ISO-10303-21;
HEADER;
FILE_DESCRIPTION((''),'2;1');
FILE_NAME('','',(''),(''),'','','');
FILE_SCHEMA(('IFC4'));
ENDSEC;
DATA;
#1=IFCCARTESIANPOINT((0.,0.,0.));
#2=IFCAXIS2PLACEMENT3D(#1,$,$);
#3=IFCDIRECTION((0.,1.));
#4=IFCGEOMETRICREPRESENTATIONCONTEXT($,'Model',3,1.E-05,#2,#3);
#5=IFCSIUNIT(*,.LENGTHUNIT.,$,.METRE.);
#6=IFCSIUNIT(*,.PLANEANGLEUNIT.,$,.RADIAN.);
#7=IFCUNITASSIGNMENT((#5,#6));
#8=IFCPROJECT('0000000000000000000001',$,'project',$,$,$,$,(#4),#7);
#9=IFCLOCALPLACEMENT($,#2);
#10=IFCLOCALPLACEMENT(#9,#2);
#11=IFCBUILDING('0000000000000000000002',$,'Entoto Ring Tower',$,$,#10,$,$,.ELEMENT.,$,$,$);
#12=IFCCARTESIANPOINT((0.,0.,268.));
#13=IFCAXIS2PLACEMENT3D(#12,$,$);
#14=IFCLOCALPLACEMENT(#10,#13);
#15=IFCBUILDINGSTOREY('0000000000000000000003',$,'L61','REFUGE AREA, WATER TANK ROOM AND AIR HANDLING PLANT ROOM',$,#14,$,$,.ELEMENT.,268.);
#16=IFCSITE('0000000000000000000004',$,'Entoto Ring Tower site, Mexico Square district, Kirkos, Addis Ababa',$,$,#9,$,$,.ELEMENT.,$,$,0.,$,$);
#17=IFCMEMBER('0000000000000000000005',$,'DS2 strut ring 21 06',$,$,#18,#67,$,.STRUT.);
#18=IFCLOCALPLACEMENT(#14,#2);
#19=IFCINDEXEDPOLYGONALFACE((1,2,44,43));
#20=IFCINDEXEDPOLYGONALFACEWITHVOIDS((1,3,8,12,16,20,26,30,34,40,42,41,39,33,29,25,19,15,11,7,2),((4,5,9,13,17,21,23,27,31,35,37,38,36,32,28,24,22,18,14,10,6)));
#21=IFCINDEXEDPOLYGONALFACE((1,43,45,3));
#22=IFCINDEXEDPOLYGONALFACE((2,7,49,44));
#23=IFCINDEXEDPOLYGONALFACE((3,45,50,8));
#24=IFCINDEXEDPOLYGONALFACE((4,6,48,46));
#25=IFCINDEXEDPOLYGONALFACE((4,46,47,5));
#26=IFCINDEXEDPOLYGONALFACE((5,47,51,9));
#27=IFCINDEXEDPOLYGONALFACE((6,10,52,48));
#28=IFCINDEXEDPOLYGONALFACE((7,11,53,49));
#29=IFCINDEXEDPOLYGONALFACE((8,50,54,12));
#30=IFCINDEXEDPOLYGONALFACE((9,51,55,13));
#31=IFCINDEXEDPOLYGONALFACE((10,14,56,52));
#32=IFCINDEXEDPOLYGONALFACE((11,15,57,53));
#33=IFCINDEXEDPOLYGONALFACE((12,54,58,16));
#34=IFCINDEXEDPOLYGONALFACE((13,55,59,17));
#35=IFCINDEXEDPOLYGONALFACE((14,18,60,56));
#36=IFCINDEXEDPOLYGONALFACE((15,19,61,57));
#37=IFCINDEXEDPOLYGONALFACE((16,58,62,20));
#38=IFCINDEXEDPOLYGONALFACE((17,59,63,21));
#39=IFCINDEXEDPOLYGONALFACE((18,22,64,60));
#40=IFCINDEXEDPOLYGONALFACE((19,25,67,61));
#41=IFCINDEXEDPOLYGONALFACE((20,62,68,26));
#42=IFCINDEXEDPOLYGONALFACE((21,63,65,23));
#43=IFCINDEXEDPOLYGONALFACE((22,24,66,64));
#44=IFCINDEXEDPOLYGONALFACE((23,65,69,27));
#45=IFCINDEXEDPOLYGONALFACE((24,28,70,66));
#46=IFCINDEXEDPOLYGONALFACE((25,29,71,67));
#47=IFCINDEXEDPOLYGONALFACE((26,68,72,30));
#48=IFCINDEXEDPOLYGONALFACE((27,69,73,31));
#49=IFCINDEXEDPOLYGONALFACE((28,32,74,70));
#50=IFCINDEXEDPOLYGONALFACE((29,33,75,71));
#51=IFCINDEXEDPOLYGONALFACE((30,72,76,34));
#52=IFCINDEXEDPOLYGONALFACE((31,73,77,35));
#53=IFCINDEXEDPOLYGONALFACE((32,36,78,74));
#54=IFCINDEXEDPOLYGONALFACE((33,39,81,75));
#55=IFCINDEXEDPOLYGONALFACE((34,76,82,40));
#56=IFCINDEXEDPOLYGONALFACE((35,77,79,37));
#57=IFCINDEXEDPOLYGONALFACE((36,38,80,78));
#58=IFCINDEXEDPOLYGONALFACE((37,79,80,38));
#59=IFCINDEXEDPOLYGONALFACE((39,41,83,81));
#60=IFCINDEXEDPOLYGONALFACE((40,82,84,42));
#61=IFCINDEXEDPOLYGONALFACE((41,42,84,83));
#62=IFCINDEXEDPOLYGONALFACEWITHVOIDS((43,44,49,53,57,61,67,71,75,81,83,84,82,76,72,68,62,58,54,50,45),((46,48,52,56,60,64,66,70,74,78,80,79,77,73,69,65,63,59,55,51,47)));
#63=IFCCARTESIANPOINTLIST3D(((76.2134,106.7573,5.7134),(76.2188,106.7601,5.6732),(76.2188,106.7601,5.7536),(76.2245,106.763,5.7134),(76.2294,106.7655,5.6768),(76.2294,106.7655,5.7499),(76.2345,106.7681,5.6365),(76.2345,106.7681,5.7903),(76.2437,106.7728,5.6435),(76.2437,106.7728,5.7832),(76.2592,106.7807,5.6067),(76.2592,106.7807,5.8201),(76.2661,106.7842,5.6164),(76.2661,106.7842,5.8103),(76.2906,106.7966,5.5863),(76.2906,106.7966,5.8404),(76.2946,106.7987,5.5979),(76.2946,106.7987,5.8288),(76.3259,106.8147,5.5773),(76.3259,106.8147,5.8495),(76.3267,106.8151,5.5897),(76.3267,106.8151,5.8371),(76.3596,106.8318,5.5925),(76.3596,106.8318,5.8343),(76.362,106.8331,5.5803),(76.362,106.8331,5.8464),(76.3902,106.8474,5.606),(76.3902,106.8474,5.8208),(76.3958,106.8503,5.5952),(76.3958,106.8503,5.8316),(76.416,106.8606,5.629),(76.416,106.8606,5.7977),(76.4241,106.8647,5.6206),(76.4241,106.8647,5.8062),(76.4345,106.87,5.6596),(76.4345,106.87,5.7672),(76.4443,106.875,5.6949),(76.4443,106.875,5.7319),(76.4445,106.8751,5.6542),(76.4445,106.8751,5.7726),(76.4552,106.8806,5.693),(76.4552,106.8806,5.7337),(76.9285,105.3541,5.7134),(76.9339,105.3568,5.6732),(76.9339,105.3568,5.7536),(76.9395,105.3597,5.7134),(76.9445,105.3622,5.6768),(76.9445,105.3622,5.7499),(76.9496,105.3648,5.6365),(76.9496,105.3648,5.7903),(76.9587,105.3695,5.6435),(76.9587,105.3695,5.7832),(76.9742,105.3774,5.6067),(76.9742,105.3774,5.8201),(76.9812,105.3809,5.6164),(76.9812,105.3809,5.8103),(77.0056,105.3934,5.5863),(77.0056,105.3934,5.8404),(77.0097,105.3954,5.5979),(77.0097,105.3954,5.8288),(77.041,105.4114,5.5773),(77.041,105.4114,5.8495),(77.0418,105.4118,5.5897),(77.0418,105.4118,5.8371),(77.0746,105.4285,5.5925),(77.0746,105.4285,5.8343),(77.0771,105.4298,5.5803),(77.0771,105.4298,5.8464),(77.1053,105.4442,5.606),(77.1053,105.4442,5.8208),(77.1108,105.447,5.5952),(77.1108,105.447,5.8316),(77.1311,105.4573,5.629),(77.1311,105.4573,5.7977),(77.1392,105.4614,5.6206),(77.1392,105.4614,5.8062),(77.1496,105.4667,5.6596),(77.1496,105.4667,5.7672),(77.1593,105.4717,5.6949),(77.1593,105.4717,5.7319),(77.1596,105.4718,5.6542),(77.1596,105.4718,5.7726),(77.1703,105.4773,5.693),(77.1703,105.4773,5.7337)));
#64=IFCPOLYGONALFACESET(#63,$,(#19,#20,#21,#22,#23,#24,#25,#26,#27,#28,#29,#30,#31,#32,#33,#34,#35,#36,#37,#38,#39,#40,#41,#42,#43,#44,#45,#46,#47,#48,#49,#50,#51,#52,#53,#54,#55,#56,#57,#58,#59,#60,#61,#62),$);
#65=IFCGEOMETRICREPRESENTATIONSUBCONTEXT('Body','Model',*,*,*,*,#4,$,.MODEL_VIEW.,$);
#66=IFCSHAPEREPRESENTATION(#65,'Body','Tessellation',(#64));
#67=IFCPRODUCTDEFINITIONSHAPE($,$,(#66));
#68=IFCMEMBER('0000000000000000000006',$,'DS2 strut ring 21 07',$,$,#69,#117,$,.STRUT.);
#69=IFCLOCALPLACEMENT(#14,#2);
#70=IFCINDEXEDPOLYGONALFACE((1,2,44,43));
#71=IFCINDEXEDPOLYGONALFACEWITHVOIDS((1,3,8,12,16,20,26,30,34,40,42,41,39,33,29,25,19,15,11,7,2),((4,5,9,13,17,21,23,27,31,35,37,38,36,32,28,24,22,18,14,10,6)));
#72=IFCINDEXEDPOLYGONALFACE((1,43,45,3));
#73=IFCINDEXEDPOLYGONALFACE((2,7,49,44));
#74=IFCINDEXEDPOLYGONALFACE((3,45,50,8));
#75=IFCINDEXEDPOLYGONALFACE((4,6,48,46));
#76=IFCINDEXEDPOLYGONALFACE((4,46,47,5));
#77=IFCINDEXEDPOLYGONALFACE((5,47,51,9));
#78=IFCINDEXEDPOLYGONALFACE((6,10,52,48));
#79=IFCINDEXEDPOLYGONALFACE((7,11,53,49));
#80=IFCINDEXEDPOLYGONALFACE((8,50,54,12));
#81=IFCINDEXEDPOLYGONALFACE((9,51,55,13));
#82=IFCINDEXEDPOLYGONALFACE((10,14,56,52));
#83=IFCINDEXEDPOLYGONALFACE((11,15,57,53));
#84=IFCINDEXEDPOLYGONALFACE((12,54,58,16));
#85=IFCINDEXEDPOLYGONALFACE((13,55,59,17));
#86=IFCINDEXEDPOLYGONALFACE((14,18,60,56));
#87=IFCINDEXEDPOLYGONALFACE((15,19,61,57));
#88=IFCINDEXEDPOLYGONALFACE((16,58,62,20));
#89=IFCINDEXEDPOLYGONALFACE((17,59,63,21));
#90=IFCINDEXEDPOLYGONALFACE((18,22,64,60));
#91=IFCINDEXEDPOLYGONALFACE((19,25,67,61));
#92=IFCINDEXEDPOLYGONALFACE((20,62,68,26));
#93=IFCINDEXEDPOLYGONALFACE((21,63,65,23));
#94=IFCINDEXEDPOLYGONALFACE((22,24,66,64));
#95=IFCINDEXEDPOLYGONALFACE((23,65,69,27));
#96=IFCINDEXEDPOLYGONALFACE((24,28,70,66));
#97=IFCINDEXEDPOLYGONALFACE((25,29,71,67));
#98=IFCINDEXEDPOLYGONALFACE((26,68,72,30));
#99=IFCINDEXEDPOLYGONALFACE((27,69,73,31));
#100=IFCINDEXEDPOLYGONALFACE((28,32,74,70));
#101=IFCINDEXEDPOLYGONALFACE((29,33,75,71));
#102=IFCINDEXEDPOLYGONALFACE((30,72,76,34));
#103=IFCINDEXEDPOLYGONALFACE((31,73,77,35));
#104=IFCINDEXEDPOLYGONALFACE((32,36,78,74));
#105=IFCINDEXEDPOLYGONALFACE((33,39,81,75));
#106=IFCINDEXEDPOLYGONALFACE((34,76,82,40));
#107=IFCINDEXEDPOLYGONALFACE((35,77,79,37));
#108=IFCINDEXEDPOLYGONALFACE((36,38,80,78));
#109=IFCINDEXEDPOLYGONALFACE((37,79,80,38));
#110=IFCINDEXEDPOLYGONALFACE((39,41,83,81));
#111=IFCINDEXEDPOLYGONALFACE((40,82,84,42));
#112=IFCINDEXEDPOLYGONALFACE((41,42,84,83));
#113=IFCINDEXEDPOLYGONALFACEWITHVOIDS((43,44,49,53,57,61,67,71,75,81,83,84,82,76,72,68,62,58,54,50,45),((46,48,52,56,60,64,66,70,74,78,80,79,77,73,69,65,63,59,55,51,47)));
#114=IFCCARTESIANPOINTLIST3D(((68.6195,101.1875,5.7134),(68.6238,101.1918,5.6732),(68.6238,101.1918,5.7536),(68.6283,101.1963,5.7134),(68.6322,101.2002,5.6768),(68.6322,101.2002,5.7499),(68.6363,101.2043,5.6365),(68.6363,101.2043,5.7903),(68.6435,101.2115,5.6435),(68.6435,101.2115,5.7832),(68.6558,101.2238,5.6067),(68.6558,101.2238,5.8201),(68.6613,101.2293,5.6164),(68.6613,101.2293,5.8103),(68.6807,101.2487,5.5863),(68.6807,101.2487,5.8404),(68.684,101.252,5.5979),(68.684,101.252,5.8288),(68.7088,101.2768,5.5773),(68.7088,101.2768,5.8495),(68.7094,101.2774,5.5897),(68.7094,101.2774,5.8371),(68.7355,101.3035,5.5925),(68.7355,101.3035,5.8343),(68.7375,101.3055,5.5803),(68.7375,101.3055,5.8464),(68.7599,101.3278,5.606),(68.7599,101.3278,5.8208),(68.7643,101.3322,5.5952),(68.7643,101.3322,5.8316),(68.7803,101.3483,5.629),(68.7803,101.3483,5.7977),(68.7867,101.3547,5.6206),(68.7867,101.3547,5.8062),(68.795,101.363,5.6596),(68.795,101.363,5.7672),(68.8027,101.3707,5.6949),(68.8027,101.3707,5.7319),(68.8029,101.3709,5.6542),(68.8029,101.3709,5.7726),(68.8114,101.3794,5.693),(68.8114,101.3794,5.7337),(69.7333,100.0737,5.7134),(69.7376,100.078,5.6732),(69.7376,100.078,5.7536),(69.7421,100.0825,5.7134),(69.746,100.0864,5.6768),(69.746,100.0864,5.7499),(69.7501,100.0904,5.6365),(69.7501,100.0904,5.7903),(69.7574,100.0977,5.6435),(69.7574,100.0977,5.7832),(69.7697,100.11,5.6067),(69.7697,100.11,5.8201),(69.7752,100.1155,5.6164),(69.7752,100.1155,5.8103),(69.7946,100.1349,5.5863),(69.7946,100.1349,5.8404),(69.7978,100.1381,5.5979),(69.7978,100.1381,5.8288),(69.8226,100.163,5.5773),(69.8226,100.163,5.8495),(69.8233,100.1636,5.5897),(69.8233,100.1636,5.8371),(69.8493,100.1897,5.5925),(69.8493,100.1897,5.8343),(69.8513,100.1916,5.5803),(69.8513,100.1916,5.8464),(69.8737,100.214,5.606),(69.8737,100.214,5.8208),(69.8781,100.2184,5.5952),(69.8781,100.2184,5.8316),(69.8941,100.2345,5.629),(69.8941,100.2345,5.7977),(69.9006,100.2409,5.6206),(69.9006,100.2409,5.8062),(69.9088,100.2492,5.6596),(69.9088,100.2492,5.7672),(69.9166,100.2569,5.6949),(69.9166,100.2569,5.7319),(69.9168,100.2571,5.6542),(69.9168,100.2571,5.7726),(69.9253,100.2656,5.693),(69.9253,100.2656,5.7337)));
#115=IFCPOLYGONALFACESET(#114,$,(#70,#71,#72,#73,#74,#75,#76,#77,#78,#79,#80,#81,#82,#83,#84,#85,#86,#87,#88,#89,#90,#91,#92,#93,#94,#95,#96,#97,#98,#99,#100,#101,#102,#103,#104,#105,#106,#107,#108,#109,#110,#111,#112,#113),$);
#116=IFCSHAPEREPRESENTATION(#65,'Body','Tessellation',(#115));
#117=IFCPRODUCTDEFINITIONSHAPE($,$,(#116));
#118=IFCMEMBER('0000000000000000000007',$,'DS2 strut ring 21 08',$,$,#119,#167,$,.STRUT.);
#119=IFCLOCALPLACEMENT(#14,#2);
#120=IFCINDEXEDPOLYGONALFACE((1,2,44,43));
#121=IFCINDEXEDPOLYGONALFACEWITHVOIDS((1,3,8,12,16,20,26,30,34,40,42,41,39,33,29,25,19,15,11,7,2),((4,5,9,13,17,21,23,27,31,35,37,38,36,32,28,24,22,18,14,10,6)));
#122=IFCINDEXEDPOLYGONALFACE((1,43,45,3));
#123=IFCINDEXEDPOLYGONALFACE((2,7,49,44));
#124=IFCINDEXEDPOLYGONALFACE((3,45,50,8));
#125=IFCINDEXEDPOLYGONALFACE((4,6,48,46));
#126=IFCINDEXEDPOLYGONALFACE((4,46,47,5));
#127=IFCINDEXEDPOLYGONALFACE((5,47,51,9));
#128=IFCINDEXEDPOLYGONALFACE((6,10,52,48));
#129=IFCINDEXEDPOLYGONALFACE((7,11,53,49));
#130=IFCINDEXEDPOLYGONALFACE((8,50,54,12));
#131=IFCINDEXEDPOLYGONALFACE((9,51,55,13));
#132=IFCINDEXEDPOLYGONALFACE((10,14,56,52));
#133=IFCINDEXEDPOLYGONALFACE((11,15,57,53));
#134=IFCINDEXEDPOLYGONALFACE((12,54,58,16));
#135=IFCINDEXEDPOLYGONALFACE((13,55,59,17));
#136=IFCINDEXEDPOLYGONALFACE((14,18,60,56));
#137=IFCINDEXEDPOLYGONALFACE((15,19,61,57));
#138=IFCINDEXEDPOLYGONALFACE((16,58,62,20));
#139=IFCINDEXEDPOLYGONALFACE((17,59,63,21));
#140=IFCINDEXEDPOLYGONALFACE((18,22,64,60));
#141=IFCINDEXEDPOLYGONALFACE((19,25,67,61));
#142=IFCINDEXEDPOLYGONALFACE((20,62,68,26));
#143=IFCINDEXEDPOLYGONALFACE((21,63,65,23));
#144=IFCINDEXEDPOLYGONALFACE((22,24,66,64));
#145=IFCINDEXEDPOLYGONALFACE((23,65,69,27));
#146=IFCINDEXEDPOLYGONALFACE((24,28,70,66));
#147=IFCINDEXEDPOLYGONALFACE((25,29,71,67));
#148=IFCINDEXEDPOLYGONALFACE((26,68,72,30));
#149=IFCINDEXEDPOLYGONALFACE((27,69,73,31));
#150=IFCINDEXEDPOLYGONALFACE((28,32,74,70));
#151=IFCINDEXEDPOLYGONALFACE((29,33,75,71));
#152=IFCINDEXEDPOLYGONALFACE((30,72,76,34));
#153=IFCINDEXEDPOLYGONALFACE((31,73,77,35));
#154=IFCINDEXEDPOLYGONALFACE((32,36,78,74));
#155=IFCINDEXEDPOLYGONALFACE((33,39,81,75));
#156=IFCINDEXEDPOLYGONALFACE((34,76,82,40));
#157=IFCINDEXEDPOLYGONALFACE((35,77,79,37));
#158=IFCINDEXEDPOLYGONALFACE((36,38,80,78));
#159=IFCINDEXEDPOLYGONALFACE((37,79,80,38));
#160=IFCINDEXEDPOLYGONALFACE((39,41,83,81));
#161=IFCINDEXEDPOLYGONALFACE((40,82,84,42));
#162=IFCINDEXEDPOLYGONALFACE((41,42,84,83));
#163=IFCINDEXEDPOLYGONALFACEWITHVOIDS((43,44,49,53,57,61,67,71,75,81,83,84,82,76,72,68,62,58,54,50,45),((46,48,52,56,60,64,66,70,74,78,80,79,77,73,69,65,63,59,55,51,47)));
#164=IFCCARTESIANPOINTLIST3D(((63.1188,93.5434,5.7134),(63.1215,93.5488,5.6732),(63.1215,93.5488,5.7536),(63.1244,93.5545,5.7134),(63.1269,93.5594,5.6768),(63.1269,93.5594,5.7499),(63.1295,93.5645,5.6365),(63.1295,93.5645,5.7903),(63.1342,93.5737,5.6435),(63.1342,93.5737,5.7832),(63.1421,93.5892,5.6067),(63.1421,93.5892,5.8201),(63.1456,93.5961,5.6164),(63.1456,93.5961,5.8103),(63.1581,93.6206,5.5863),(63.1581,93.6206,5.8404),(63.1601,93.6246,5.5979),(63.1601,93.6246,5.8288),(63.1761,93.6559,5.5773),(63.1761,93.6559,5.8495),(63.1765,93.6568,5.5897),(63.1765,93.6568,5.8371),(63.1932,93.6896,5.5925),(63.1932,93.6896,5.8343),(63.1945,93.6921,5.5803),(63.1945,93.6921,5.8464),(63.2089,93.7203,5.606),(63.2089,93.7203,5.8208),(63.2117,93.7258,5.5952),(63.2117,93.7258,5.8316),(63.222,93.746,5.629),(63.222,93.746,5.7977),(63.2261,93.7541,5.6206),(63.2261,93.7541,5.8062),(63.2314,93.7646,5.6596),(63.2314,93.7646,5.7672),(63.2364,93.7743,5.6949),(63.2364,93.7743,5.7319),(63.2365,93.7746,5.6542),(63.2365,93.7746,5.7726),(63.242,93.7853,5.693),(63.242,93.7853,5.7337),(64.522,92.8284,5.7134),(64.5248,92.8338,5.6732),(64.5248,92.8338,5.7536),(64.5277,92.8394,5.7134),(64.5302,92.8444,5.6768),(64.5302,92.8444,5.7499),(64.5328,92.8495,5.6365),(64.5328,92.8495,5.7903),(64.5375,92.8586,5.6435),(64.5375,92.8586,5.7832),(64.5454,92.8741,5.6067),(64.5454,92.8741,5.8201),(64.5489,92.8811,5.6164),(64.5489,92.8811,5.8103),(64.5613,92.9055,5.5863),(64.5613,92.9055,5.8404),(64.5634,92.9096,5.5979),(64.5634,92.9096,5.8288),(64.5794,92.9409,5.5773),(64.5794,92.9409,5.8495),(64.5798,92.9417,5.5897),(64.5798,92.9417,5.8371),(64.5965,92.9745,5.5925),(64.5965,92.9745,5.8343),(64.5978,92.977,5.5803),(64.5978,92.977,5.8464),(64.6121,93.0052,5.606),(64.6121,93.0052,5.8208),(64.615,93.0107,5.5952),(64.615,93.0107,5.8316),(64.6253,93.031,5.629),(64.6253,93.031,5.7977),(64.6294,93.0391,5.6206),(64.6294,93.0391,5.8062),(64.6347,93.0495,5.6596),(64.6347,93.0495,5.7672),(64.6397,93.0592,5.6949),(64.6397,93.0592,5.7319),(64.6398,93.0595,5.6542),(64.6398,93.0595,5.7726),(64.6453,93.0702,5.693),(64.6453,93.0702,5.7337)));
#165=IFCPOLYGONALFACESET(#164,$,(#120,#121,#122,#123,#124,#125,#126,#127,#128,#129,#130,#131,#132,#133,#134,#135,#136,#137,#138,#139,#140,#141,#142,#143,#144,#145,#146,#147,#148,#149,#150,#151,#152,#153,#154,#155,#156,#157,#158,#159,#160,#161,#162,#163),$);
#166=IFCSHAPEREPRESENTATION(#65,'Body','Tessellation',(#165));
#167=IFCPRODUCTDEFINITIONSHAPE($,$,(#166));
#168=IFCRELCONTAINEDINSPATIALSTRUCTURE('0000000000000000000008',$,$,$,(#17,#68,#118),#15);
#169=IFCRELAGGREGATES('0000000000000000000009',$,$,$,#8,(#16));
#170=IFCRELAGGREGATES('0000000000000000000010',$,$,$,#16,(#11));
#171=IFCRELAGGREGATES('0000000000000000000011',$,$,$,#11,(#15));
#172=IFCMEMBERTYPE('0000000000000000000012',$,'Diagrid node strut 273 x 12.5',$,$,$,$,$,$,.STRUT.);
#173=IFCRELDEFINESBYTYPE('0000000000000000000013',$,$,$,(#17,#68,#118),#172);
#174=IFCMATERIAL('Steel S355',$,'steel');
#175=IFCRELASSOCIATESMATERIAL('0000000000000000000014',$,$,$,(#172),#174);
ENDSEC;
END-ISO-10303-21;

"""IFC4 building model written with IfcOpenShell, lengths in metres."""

from ifc_helpers import new_model, si_unit, direction, frame, origin, origin_2d, place, context, subcontext, project, spatial, circle, hollow_circle, extrude, material, material_profile, profile_set, type_object, element, save


model = new_model("IFC4")

# Units and contexts
model_context = context("Model", 3, precision=1e-05, world=origin(), true_north=direction((0.0, 1.0)))
body_context = subcontext(model_context, "Body", "Model", "MODEL_VIEW")
ifc_project = project(units=[si_unit("LENGTHUNIT", "METRE"), si_unit("PLANEANGLEUNIT", "RADIAN")], contexts=[model_context])

# Site, building, storey
site_placement = place(None, origin())
site = spatial("IfcSite", under=ifc_project, at=site_placement, Name="Entoto Ring Tower site, Mexico Square district, Kirkos, Addis Ababa", CompositionType="ELEMENT", RefElevation=0.0)
building_placement = place(site_placement, origin())
building = spatial("IfcBuilding", under=site, at=building_placement, Name="Entoto Ring Tower", CompositionType="ELEMENT")
storey_placement = place(building_placement, frame((0.0, 0.0, 268.0)))
storey = spatial("IfcBuildingStorey", under=building, at=storey_placement, Name="L61", Description="REFUGE AREA, WATER TANK ROOM AND AIR HANDLING PLANT ROOM", CompositionType="ELEMENT", Elevation=268.0)

# Members
ifc_material_1 = material(Name="Steel S355", Category="steel")
ifc_material_profile_1 = material_profile(ifc_material_1, hollow_circle(Radius=0.1365, WallThickness=0.0125, at=origin_2d()), Name="CHS 273 x 12.5")
ifc_material_2 = material(Name="Concrete C60/75", Category="concrete")
ifc_material_profile_2 = material_profile(ifc_material_2, circle(Radius=0.124, at=origin_2d()), Name="Concrete C60/75 infill")
ifc_profile_set_1 = profile_set([ifc_material_profile_1, ifc_material_profile_2], Name="Steel S355")
member_type_1 = type_object("IfcMemberType", Name="Diagrid node strut 273 x 12.5", PredefinedType="STRUT", material=ifc_profile_set_1)
member_1_placement = place(storey_placement, frame((77.05, 105.416, 5.7134), z_axis=(-0.454021, 0.890991, 0.0), x_axis=(-0.890991, -0.454021, 0.0)))
element("IfcMember", 1, at=member_1_placement, inside=storey, type_object=member_type_1, Name="DS2 strut ring 21 06", PredefinedType="STRUT", context=body_context, shape_type="SweptSolid", body=[
    extrude(hollow_circle(Radius=0.1365, WallThickness=0.0125, at=origin_2d()), origin(), (0.0, 0.0, 1.0), 1.575),
])
member_2_placement = place(storey_placement, frame((69.8298, 100.1702, 5.7134), z_axis=(-0.707107, 0.707107, 0.0), x_axis=(-0.707107, -0.707107, 0.0)))
element("IfcMember", 2, at=member_2_placement, inside=storey, type_object=member_type_1, Name="DS2 strut ring 21 07", PredefinedType="STRUT", context=body_context, shape_type="SweptSolid", body=[
    extrude(hollow_circle(Radius=0.1365, WallThickness=0.0125, at=origin_2d()), origin(), (0.0, 0.0, 1.0), 1.5752),
])
member_3_placement = place(storey_placement, frame((64.584, 92.95, 5.7134), z_axis=(-0.890991, 0.454021, 0.0), x_axis=(-0.454021, -0.890991, 0.0)))
element("IfcMember", 3, at=member_3_placement, inside=storey, type_object=member_type_1, Name="DS2 strut ring 21 08", PredefinedType="STRUT", context=body_context, shape_type="SweptSolid", body=[
    extrude(hollow_circle(Radius=0.1365, WallThickness=0.0125, at=origin_2d()), origin(), (0.0, 0.0, 1.0), 1.575),
])

save(model, "model.ifc")
